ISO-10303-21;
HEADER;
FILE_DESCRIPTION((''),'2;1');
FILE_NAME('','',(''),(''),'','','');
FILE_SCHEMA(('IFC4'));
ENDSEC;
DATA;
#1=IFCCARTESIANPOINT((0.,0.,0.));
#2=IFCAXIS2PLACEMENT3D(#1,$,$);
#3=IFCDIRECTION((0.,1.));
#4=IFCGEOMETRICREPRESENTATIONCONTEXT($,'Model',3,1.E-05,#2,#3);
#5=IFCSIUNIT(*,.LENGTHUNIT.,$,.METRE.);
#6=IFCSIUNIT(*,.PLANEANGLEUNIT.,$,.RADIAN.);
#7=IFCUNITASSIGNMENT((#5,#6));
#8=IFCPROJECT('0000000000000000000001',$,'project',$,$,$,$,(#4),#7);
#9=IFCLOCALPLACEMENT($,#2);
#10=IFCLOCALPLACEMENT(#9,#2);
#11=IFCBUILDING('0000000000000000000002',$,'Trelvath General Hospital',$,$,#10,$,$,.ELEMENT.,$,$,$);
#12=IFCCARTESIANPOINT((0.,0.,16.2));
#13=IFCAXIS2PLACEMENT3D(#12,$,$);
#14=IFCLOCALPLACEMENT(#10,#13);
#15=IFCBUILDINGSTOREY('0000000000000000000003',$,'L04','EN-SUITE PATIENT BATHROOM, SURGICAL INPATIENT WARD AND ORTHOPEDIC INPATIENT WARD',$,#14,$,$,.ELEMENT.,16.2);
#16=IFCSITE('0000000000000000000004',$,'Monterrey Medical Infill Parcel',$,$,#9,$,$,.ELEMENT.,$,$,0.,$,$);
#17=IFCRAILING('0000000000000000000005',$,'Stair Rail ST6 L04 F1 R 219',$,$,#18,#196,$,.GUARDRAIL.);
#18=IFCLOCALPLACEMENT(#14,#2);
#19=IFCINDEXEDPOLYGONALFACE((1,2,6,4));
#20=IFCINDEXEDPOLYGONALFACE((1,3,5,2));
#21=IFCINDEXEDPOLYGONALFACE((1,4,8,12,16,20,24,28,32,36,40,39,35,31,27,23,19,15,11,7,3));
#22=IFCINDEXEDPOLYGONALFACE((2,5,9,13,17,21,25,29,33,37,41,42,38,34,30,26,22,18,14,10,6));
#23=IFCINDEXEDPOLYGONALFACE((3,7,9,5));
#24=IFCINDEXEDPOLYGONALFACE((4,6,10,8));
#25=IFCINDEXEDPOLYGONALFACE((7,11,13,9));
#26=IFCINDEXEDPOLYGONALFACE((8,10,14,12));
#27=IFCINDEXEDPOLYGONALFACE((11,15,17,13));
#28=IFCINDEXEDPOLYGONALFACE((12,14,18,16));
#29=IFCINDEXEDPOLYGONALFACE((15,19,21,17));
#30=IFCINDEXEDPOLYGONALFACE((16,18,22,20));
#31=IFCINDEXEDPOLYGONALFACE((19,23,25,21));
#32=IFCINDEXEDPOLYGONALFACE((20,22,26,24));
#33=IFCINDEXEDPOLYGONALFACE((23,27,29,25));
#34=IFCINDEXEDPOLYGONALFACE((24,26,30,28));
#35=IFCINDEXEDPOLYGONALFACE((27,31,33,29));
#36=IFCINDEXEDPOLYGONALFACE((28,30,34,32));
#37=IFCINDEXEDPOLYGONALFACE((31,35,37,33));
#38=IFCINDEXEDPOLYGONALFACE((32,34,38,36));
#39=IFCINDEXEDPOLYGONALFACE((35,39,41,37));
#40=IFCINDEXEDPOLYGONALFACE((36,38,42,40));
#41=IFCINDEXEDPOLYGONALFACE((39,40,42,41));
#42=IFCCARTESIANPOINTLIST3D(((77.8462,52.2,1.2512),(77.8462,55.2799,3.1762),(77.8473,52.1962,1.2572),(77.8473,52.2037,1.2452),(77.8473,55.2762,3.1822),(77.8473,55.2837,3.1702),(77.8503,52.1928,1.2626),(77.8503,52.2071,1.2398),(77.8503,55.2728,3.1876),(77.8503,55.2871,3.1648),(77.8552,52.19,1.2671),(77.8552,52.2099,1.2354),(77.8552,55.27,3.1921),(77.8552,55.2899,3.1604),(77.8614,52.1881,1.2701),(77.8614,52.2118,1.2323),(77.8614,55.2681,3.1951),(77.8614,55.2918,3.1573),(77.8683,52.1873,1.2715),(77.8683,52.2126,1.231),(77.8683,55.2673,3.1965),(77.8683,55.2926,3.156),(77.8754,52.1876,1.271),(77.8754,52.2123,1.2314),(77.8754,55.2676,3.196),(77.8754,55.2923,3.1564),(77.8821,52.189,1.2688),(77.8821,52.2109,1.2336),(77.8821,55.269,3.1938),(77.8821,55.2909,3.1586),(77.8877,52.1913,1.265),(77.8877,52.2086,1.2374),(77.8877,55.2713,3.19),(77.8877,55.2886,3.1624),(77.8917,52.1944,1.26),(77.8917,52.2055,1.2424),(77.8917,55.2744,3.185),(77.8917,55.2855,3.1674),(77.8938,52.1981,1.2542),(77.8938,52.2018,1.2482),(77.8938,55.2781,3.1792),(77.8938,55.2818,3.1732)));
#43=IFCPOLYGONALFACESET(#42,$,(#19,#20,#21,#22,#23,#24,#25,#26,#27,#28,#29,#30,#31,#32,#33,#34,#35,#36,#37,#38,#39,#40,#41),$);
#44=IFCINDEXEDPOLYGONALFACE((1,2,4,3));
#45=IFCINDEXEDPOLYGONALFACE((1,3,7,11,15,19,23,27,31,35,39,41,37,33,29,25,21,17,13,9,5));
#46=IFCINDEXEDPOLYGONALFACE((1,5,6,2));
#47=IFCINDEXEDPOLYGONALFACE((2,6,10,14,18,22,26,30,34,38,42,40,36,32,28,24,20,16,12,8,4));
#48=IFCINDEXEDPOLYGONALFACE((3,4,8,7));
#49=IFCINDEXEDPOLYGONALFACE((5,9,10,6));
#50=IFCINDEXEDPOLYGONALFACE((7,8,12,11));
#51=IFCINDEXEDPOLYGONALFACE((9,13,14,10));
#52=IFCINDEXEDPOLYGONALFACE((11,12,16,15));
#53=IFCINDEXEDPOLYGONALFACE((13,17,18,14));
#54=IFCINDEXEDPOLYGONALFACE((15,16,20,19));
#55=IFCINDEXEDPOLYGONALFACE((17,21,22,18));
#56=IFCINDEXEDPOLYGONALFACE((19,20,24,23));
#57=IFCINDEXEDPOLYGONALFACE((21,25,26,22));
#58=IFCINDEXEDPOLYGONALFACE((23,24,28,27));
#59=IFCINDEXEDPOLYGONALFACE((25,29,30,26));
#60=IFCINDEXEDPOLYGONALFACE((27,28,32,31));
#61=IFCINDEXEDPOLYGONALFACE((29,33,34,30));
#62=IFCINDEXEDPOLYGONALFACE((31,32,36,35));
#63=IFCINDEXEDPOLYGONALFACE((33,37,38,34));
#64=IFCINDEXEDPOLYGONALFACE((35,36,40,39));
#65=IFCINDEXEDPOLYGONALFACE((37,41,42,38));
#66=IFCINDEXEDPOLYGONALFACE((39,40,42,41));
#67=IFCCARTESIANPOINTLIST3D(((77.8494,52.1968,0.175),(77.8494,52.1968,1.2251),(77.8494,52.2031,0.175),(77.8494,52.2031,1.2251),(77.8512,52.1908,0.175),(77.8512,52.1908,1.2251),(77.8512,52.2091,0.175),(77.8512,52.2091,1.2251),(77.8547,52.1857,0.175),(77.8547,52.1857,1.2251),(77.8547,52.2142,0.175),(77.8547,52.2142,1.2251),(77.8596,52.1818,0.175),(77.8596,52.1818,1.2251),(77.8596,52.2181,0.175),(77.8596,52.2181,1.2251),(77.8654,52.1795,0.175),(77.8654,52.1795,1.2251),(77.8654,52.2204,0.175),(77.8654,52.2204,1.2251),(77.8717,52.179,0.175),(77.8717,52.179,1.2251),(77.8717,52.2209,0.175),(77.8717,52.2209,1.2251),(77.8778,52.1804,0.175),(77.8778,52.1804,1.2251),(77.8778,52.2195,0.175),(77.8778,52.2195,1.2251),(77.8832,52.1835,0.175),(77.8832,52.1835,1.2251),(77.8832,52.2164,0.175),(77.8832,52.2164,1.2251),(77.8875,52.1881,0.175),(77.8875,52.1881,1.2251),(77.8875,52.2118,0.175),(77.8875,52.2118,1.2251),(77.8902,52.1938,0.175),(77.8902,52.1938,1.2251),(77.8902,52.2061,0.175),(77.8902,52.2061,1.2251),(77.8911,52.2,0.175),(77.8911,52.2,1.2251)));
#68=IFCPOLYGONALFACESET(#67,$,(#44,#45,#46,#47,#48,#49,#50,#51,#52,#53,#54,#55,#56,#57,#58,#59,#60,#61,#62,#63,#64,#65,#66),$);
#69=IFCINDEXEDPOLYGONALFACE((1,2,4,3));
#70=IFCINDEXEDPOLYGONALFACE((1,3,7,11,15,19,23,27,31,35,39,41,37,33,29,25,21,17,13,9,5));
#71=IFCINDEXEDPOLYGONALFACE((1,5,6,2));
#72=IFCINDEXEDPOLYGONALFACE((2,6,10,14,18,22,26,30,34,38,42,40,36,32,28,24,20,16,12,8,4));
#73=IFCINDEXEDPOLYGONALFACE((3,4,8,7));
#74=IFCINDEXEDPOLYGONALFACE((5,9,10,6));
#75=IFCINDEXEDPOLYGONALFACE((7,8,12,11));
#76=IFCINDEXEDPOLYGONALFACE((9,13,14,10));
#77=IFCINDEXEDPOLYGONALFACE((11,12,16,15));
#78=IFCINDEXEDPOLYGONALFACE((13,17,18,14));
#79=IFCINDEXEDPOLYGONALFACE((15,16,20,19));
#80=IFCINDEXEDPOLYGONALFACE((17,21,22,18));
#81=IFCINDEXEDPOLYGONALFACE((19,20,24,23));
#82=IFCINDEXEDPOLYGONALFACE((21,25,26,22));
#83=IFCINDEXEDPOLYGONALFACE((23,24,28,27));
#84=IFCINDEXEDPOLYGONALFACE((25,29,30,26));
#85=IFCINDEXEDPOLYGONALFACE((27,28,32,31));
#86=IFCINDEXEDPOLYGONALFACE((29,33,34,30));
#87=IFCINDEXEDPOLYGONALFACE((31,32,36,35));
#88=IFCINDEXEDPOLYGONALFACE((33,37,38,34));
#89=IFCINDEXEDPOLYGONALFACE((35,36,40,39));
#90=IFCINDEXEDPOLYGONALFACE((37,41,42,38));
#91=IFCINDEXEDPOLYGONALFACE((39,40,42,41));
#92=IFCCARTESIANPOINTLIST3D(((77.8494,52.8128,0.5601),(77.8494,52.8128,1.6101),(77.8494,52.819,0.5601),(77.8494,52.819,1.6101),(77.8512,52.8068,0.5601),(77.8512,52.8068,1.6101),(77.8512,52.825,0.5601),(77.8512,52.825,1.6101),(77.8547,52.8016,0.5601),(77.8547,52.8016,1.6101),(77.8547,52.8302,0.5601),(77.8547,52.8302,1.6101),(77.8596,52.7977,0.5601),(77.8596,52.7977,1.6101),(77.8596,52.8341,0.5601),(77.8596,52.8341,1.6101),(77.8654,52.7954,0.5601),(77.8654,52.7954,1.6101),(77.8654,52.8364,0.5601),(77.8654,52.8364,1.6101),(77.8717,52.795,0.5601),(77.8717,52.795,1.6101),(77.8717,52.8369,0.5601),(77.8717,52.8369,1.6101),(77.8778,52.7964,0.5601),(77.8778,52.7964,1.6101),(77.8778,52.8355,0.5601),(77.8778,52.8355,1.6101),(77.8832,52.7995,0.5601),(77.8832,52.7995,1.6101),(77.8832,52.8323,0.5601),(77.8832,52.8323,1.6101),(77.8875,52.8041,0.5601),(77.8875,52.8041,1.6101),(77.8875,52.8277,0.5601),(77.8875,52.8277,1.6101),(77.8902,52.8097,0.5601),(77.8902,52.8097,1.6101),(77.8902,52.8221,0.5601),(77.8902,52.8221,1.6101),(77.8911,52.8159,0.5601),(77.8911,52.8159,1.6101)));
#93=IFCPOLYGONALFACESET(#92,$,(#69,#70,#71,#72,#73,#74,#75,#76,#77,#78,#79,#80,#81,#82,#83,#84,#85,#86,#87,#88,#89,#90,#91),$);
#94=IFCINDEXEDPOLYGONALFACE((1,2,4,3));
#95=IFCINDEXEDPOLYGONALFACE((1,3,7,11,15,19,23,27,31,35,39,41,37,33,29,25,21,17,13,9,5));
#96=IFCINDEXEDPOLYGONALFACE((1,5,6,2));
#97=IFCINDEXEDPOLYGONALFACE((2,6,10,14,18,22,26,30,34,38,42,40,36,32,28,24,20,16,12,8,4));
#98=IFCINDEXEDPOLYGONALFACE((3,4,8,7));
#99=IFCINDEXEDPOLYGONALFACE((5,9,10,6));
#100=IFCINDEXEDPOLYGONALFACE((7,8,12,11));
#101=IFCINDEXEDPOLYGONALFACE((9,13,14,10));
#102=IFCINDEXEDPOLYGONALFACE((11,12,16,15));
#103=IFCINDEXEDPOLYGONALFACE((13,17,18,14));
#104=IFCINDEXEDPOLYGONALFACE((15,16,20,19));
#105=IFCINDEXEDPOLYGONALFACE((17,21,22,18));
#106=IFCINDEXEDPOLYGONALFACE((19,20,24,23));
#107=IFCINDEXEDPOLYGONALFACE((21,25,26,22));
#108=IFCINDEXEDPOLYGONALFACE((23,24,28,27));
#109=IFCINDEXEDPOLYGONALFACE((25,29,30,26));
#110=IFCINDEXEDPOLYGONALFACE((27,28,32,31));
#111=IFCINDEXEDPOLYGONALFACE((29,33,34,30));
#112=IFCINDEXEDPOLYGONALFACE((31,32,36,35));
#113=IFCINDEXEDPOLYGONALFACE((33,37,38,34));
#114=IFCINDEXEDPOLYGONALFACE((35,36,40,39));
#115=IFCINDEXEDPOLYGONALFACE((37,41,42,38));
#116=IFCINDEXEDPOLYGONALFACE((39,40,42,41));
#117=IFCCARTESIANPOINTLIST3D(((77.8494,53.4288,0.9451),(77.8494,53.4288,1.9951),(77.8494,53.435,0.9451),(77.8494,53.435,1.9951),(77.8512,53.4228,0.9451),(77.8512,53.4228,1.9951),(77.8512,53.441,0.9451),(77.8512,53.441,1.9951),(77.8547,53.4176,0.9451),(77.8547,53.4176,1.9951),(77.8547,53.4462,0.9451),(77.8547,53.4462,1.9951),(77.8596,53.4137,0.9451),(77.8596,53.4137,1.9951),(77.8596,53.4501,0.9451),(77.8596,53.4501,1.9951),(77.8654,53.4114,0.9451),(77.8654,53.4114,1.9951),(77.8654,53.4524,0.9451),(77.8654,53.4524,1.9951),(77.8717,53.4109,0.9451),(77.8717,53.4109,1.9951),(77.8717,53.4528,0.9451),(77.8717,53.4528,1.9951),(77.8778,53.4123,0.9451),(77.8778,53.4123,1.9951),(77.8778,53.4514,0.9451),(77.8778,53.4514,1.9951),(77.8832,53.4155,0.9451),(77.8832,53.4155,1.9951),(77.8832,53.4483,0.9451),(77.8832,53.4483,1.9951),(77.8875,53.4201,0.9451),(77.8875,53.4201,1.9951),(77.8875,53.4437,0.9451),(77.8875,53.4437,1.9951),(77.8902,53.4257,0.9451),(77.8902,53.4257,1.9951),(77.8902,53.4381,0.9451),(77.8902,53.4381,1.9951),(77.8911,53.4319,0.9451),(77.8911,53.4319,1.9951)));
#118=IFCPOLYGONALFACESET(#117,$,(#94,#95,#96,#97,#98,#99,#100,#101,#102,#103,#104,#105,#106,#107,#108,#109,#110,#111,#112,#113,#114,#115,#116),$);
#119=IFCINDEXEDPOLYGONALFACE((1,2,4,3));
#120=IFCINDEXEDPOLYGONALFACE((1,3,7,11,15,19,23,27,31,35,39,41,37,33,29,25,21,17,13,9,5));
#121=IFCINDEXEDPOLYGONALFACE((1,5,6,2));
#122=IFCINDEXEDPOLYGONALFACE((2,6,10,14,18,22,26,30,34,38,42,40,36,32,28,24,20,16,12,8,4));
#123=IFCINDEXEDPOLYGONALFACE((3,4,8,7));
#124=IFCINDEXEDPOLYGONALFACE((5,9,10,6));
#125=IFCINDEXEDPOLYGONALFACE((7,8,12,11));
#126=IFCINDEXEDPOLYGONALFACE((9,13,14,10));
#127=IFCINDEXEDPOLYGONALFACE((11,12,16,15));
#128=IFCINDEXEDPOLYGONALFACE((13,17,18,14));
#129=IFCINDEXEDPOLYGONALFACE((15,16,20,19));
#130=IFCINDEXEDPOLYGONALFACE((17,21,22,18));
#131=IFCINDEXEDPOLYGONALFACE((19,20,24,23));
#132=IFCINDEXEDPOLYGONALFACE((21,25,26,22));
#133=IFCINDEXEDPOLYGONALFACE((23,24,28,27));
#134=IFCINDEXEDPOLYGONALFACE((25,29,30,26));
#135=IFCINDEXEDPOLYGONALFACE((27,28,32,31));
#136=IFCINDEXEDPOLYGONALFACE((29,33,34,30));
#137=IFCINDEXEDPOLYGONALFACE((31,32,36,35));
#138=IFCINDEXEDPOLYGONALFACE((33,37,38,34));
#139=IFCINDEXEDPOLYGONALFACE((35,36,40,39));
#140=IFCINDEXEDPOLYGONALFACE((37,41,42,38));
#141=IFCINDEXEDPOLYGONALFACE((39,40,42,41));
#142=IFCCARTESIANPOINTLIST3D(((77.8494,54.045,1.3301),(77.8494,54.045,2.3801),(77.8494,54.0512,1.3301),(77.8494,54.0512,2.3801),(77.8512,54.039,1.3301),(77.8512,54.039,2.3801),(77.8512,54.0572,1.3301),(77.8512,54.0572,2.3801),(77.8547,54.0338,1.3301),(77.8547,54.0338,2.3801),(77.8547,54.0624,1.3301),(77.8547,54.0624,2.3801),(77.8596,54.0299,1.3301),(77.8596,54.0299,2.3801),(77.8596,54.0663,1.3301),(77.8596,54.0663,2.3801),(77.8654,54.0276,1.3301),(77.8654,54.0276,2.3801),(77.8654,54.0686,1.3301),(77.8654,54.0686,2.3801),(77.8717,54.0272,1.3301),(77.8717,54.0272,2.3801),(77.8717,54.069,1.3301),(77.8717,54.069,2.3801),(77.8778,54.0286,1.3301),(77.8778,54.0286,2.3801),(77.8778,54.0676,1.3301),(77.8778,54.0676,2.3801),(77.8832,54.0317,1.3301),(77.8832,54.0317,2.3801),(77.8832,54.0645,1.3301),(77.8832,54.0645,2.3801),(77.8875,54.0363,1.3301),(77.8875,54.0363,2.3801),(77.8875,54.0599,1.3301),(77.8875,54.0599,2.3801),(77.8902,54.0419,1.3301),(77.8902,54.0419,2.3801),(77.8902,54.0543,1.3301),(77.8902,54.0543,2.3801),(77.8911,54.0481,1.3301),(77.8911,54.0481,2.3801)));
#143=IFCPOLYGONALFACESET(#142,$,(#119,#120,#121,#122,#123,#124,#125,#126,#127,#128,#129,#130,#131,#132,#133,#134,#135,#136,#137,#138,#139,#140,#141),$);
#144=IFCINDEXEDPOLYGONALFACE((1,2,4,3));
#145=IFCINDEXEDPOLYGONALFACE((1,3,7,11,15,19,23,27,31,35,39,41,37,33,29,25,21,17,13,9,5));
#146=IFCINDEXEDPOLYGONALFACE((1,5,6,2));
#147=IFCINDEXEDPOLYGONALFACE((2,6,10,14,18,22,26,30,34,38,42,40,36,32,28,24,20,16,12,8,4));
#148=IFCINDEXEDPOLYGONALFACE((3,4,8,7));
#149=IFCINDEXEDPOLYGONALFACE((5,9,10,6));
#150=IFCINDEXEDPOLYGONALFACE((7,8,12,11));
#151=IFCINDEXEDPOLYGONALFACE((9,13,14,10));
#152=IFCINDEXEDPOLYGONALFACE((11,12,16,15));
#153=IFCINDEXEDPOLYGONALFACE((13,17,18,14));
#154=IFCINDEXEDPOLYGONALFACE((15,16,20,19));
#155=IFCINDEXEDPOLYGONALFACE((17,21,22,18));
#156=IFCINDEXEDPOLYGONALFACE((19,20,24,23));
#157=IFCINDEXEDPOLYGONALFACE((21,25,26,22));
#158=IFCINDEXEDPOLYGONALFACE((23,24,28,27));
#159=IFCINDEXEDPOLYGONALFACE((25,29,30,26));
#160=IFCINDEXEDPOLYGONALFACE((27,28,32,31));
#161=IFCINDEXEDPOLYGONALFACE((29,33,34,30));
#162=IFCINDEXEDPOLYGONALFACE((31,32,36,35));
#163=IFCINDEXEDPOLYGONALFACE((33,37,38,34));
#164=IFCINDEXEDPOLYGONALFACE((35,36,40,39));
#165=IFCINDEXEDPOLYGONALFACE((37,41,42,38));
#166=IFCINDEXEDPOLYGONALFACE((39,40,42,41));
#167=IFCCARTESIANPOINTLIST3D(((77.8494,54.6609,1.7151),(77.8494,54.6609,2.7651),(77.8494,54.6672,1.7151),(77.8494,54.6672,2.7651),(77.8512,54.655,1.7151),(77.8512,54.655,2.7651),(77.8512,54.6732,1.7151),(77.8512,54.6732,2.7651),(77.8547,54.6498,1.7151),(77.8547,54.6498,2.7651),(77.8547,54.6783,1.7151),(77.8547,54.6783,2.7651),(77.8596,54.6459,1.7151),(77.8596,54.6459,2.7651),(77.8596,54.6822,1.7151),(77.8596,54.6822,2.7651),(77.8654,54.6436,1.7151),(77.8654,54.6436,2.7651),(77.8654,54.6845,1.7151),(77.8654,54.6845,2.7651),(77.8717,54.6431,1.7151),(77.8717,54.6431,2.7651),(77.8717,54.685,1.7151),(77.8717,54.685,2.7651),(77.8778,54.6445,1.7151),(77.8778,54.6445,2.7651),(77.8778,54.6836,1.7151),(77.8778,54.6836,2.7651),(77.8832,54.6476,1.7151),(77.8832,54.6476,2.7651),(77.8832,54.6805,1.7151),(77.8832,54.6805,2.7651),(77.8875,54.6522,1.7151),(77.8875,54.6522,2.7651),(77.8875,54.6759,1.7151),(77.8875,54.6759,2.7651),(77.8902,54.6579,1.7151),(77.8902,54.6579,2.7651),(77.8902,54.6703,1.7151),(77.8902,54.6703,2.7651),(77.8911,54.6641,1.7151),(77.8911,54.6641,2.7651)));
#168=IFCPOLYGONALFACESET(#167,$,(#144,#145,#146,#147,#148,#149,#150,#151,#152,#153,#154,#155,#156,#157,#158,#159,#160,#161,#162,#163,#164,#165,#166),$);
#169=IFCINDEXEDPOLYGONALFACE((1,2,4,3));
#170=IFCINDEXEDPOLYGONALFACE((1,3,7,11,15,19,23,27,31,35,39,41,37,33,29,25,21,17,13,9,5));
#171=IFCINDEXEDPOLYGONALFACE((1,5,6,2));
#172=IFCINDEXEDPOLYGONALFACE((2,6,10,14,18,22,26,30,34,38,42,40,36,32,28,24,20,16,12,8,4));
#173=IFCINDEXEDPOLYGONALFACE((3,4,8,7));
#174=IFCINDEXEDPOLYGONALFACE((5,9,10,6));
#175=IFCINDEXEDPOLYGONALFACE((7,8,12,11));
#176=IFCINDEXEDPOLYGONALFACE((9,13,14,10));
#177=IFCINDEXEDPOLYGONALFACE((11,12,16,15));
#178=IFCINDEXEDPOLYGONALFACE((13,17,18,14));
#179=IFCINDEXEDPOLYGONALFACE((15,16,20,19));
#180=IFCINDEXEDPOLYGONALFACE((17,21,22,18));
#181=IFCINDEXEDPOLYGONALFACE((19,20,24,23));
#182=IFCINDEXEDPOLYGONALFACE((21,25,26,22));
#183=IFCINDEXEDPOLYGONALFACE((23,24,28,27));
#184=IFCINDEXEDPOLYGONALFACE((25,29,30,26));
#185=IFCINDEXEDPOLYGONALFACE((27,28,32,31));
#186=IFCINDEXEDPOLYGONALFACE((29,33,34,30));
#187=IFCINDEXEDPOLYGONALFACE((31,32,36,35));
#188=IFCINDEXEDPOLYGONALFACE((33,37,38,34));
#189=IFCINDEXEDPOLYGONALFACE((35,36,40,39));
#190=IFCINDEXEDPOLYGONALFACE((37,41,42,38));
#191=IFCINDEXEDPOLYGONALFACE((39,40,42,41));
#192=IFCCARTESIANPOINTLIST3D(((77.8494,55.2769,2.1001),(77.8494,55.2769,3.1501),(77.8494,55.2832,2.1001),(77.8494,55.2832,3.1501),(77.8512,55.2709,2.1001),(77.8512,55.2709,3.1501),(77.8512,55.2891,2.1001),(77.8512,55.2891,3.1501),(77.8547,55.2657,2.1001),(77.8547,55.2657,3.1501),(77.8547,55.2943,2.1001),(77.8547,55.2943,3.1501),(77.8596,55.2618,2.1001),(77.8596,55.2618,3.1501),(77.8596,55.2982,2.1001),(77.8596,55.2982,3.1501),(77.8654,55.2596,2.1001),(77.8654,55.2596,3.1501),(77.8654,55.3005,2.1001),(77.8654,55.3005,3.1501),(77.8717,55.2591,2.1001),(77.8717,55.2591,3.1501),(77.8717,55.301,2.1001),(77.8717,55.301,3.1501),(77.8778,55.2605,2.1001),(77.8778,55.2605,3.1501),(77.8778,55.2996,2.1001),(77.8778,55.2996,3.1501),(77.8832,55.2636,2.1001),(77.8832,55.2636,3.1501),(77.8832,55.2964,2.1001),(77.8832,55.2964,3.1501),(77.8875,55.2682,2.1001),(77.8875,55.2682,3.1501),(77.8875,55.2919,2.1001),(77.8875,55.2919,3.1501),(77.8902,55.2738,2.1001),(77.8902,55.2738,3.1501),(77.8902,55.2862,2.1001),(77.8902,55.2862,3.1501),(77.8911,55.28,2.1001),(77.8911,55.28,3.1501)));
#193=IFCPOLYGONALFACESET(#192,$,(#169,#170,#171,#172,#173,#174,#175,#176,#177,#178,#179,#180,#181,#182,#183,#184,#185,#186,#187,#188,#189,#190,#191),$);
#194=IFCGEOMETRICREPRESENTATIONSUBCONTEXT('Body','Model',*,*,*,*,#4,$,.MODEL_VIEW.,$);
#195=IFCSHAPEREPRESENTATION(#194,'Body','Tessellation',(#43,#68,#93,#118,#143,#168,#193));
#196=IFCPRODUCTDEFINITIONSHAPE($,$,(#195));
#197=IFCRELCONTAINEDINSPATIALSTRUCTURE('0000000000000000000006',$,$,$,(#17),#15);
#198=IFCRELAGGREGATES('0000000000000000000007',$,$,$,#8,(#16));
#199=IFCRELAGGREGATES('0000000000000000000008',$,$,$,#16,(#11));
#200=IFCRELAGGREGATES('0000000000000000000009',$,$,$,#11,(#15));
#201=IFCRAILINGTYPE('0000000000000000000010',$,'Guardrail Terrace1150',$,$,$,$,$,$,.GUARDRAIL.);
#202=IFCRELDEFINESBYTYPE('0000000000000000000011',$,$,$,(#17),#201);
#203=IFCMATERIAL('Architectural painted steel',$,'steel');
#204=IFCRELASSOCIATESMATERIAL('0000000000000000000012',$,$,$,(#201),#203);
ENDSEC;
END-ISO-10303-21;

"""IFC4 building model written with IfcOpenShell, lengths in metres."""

from ifc_helpers import new_model, si_unit, direction, frame, origin, origin_2d, place, context, subcontext, project, spatial, circle, extrude, material, type_object, element, save


model = new_model("IFC4")

# Units and contexts
model_context = context("Model", 3, precision=1e-05, world=origin(), true_north=direction((0.0, 1.0)))
body_context = subcontext(model_context, "Body", "Model", "MODEL_VIEW")
ifc_project = project(units=[si_unit("LENGTHUNIT", "METRE"), si_unit("PLANEANGLEUNIT", "RADIAN")], contexts=[model_context])

# Site, building, storey
site_placement = place(None, origin())
site = spatial("IfcSite", under=ifc_project, at=site_placement, Name="Monterrey Medical Infill Parcel", CompositionType="ELEMENT", RefElevation=0.0)
building_placement = place(site_placement, origin())
building = spatial("IfcBuilding", under=site, at=building_placement, Name="Trelvath General Hospital", CompositionType="ELEMENT")
storey_placement = place(building_placement, frame((0.0, 0.0, 16.2)))
storey = spatial("IfcBuildingStorey", under=building, at=storey_placement, Name="L04", Description="EN-SUITE PATIENT BATHROOM, SURGICAL INPATIENT WARD AND ORTHOPEDIC INPATIENT WARD", CompositionType="ELEMENT", Elevation=16.2)

# Railing
ifc_material_1 = material(Name="Architectural painted steel", Category="steel")
railing_type_1 = type_object("IfcRailingType", Name="Guardrail Terrace1150", PredefinedType="GUARDRAIL", material=ifc_material_1)
railing_1_placement = place(storey_placement, frame((77.8701, 52.2, 0.175)))
element("IfcRailing", 1, at=railing_1_placement, inside=storey, type_object=railing_type_1, Name="Stair Rail ST6 L04 F1 R 219", PredefinedType="GUARDRAIL", context=body_context, shape_type="SweptSolid", body=[
    extrude(circle(Radius=0.0239, at=origin_2d()), frame((0.0, 0.0, 1.0762), z_axis=(0.0, 0.847998, 0.529999), x_axis=(-1.0, 0.0, 0.0)), (0.0, 0.0, 1.0), 3.6321),
    extrude(circle(Radius=0.021, at=origin_2d()), origin(), (0.0, 0.0, 1.0), 1.05),
    extrude(circle(Radius=0.021, at=origin_2d()), frame((0.0, 0.616, 0.385)), (0.0, 0.0, 1.0), 1.05),
    extrude(circle(Radius=0.021, at=origin_2d()), frame((0.0, 1.2319, 0.77)), (0.0, 0.0, 1.0), 1.05),
    extrude(circle(Radius=0.021, at=origin_2d()), frame((0.0, 1.8481, 1.155)), (0.0, 0.0, 1.0), 1.05),
    extrude(circle(Radius=0.021, at=origin_2d()), frame((0.0, 2.4641, 1.54)), (0.0, 0.0, 1.0), 1.05),
    extrude(circle(Radius=0.021, at=origin_2d()), frame((0.0, 3.0801, 1.925)), (0.0, 0.0, 1.0), 1.05),
])

save(model, "model.ifc")
